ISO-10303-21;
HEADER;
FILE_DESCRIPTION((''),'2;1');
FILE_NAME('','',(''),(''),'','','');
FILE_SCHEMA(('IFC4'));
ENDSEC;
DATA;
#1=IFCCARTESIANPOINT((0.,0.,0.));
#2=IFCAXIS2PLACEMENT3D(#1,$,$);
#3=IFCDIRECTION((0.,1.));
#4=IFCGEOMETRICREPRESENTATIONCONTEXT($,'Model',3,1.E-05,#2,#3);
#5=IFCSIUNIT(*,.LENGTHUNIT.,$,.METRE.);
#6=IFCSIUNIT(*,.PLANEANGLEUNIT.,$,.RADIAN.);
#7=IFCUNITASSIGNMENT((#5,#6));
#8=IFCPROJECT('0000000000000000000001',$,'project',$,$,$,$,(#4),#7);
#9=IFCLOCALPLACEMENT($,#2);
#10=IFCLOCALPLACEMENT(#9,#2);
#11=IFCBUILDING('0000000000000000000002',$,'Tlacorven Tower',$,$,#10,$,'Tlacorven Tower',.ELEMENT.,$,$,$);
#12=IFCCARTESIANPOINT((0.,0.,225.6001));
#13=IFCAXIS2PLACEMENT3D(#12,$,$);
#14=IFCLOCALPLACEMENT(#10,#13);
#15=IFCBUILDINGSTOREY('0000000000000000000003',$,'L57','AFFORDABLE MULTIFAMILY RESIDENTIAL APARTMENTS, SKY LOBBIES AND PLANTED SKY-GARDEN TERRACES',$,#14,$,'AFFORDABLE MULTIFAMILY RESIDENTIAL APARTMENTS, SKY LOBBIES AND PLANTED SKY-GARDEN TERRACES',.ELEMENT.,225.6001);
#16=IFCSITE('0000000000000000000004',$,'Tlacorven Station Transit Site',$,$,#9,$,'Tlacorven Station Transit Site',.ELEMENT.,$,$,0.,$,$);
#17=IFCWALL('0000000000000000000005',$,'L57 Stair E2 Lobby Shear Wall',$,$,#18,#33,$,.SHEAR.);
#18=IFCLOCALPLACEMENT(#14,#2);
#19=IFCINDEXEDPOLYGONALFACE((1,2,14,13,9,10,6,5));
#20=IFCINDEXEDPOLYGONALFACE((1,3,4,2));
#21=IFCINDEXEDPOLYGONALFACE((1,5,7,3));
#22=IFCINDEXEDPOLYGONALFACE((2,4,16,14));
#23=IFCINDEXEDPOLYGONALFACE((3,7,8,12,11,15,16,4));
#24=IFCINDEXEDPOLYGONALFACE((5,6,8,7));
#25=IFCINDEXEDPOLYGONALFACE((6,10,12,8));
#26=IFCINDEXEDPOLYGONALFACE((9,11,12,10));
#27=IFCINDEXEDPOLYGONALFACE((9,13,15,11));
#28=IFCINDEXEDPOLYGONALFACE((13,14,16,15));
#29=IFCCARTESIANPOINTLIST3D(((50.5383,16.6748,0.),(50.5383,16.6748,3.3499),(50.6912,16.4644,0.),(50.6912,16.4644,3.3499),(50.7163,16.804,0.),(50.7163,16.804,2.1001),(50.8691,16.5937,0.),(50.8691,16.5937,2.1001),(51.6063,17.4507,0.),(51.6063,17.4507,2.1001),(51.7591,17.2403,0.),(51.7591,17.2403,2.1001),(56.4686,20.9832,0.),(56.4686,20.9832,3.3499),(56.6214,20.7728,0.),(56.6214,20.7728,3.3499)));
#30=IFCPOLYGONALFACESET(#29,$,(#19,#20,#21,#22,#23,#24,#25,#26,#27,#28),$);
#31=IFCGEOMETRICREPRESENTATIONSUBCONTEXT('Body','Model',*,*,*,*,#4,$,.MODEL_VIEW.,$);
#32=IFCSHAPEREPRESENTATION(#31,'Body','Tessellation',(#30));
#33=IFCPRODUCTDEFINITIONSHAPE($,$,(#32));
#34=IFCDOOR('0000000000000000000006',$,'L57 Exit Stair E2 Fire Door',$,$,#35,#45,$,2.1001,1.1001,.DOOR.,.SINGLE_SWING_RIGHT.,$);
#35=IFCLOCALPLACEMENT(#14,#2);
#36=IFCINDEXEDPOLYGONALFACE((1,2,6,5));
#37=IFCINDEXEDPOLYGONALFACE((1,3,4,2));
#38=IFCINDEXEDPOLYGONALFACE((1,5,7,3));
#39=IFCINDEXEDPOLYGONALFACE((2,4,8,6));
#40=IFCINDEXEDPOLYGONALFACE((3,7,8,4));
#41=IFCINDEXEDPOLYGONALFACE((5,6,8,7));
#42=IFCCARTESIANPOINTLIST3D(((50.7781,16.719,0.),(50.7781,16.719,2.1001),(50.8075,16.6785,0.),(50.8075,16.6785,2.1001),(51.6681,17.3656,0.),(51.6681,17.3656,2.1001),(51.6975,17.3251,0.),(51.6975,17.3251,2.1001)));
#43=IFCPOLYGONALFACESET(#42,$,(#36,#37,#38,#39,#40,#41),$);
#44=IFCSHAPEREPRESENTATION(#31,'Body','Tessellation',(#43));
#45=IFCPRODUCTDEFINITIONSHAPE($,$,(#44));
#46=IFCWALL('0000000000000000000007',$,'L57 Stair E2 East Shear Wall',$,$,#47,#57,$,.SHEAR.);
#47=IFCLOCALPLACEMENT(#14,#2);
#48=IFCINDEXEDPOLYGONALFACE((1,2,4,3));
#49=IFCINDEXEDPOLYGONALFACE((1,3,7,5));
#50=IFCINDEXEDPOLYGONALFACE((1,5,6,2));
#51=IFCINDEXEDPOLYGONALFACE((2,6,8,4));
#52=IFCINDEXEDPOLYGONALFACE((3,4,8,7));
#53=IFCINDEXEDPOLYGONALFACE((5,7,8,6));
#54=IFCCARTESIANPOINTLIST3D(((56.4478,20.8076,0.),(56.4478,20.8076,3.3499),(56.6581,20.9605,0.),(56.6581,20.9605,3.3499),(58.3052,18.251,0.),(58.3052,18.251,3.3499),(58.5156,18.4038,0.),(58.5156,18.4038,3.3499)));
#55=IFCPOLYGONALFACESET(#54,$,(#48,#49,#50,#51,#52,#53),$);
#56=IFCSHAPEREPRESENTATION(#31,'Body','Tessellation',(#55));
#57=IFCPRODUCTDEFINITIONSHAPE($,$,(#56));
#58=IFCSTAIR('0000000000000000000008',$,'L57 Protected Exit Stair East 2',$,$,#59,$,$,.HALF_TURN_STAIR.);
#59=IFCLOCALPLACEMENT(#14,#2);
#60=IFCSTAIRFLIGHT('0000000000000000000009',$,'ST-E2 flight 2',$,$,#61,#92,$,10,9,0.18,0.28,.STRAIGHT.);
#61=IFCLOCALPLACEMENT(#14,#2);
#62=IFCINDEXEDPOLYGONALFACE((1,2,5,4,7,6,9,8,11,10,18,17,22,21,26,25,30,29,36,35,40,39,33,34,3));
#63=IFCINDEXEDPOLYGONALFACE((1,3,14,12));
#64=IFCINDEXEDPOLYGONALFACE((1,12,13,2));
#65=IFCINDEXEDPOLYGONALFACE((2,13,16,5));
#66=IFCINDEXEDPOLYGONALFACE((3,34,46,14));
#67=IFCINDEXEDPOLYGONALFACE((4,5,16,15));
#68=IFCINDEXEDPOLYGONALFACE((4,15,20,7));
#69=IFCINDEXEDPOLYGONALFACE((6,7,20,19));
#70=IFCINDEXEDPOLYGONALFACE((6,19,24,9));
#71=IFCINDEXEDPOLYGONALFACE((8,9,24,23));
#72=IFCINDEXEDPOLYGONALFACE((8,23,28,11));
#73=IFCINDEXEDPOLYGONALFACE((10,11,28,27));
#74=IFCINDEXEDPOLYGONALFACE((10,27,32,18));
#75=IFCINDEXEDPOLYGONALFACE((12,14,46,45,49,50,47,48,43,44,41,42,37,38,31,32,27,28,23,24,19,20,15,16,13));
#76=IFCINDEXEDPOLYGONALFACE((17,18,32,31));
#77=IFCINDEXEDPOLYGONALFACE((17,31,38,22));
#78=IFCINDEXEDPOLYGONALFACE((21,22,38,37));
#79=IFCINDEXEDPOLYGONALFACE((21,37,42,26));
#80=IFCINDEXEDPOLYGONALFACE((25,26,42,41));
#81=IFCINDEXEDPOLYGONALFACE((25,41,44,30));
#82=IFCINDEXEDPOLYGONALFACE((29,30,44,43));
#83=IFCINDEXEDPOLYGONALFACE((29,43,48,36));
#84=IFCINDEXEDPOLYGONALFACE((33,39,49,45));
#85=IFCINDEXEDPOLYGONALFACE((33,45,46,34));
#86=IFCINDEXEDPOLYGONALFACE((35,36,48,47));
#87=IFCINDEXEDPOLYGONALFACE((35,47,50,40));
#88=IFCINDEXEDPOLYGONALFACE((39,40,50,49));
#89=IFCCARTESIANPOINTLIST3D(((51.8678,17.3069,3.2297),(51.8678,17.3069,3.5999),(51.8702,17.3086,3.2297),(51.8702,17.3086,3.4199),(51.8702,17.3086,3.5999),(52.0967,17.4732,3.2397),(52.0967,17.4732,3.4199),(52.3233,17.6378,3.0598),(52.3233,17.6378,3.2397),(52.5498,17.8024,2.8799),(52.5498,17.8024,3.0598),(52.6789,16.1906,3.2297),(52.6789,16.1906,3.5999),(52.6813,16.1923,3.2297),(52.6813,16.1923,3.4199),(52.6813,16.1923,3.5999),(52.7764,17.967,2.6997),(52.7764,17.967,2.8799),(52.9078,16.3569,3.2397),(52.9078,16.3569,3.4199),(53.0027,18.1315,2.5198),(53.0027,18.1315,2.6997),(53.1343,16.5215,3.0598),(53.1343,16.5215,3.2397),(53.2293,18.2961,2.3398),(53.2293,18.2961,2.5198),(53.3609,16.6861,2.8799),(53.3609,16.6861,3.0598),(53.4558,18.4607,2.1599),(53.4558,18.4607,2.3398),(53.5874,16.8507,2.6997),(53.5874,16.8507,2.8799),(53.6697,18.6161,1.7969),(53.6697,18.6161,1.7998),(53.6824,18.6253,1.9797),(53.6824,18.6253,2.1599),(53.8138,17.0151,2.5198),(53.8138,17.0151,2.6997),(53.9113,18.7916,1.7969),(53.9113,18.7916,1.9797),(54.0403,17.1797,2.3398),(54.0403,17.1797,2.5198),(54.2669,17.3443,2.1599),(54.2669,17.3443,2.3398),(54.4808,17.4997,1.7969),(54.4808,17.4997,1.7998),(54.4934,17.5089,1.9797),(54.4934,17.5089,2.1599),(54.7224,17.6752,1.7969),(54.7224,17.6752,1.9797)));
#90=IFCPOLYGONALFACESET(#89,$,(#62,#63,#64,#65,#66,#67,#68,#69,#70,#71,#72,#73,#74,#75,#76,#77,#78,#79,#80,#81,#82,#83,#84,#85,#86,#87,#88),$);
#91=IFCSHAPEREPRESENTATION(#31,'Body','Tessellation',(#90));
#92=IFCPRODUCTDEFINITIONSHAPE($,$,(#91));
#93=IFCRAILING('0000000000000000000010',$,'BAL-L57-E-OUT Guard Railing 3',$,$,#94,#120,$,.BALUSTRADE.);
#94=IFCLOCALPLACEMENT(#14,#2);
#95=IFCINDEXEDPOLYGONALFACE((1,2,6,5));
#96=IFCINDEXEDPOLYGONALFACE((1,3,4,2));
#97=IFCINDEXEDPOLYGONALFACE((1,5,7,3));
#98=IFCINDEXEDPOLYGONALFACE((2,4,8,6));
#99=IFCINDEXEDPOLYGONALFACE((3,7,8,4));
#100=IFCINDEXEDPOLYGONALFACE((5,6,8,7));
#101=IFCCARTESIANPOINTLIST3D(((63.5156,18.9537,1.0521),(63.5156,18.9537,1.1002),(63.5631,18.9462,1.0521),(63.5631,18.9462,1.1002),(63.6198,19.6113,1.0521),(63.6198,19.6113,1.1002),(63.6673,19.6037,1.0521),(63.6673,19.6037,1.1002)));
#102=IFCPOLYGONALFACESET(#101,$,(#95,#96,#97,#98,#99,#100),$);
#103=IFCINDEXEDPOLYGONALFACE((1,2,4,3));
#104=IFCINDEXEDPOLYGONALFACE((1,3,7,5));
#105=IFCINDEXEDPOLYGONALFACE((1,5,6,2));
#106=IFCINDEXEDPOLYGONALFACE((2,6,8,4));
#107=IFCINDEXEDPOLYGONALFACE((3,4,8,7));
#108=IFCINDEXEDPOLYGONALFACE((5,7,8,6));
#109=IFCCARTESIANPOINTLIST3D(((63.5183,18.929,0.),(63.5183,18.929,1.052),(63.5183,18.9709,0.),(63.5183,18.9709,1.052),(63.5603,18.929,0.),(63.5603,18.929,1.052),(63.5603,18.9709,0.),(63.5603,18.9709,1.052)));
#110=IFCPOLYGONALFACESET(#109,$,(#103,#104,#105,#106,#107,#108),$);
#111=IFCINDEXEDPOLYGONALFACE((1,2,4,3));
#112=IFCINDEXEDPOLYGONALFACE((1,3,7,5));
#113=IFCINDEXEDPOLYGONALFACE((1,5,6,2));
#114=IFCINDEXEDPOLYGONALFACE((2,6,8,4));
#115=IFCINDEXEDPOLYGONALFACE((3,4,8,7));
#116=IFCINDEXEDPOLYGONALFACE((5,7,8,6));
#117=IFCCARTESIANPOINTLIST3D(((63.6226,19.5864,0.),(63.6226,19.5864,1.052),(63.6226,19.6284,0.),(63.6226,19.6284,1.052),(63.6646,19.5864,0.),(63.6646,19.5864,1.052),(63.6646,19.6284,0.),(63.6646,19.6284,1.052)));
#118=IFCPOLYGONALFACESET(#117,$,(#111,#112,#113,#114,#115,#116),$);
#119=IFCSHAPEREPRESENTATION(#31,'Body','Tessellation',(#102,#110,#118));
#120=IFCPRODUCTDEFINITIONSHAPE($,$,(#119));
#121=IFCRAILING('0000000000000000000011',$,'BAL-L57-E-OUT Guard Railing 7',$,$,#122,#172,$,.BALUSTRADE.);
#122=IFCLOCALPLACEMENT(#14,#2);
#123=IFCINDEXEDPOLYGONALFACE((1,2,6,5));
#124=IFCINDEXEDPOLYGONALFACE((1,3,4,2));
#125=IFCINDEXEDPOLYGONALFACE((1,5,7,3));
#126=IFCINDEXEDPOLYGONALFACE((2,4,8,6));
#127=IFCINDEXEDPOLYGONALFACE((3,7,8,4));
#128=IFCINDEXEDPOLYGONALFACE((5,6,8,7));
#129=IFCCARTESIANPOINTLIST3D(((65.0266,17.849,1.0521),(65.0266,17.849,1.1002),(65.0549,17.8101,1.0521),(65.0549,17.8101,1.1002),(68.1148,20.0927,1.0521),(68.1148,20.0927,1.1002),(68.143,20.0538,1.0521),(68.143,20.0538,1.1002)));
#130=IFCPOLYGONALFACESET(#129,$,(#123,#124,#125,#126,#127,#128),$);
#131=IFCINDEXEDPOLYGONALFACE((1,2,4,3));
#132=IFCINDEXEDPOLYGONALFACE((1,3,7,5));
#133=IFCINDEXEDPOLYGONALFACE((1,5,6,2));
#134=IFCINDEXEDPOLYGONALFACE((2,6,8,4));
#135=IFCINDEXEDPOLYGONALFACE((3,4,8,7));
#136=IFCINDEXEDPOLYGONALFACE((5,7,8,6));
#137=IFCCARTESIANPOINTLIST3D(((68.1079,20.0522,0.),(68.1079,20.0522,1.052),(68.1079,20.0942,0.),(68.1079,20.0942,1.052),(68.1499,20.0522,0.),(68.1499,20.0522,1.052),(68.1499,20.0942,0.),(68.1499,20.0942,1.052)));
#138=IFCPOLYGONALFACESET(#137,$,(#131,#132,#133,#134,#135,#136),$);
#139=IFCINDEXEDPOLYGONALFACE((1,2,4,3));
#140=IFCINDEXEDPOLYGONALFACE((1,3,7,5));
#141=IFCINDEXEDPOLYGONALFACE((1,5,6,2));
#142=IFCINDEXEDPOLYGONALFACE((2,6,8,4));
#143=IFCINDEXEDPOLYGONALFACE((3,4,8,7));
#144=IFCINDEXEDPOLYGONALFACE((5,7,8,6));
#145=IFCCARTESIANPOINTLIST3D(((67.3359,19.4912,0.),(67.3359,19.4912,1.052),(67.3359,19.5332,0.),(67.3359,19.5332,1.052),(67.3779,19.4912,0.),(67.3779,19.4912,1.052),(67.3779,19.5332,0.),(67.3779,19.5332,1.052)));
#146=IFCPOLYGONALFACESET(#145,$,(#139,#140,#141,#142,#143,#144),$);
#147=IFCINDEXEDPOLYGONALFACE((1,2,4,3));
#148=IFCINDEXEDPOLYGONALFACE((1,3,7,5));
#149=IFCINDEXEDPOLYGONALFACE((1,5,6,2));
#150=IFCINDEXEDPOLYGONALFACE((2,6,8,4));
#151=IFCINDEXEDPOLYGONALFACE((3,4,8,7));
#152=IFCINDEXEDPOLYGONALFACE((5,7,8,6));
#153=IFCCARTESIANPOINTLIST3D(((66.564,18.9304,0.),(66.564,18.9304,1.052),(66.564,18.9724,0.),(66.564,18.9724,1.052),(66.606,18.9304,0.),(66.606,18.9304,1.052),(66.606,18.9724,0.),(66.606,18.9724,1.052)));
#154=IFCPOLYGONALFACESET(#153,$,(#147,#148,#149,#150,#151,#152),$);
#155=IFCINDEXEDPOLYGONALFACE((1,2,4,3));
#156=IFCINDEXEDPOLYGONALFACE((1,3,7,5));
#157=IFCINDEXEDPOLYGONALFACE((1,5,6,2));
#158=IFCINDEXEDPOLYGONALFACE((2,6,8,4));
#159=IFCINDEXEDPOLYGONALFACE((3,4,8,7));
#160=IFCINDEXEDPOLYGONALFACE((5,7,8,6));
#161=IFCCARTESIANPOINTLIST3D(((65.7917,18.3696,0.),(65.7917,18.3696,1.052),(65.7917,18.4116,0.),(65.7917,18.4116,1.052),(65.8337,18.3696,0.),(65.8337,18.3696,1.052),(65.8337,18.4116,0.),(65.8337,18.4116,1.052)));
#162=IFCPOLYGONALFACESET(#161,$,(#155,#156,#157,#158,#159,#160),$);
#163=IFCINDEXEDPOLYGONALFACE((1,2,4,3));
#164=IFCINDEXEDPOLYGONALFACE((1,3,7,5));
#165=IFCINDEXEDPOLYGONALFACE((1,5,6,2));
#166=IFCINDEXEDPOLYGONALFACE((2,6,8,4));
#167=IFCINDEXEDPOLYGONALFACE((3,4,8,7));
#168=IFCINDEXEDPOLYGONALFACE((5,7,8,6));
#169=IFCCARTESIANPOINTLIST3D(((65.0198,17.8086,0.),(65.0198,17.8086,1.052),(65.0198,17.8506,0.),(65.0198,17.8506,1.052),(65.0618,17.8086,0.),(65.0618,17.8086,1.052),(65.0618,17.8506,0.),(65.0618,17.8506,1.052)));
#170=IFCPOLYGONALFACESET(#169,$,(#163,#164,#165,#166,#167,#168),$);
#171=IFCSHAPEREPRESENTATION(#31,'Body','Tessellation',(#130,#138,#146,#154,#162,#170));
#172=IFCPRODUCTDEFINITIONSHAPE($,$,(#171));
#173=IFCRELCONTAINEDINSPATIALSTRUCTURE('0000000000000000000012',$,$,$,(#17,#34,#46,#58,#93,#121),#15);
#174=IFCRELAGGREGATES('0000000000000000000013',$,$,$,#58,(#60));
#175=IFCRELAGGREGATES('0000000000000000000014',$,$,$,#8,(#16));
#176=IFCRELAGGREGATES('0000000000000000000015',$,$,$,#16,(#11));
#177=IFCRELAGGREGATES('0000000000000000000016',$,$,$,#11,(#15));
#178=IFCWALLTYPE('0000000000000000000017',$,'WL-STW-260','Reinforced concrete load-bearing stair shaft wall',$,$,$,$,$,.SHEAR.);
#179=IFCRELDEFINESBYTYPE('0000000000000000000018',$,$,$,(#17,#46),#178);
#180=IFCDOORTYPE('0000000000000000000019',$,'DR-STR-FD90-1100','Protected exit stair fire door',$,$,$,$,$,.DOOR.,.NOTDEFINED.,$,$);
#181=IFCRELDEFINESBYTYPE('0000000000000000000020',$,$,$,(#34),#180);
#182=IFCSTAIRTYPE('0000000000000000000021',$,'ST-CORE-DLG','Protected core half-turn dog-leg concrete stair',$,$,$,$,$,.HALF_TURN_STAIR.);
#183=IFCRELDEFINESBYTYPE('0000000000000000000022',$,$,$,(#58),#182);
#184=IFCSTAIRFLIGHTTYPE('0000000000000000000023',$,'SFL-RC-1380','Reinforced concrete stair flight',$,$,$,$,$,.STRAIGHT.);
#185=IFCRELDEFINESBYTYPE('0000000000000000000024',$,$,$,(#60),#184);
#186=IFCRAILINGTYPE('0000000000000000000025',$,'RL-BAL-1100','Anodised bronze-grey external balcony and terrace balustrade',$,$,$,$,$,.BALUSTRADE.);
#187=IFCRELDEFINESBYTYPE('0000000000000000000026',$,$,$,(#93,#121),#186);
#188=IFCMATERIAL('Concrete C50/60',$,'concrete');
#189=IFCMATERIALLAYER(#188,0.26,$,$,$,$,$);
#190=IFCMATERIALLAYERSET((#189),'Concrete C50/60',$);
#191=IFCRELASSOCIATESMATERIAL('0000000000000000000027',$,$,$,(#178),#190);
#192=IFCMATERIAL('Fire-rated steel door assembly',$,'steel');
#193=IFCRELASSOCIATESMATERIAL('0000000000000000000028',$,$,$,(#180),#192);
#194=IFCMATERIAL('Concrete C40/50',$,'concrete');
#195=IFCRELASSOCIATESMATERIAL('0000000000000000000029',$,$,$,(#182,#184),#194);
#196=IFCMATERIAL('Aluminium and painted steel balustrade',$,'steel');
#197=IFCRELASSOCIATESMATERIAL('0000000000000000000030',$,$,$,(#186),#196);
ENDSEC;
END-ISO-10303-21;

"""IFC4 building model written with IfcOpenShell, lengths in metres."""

from ifc_helpers import new_model, si_unit, direction, frame, frame_2d, origin, origin_2d, place, context, subcontext, project, spatial, polyline, rectangle, outline, extrude, source, transform, mapped, material, layer, layer_set, type_object, element, fill, aggregate, save


model = new_model("IFC4")

# Units and contexts
model_context = context("Model", 3, precision=1e-05, world=origin(), true_north=direction((0.0, 1.0)))
body_context = subcontext(model_context, "Body", "Model", "MODEL_VIEW")
ifc_project = project(units=[si_unit("LENGTHUNIT", "METRE"), si_unit("PLANEANGLEUNIT", "RADIAN")], contexts=[model_context])

# Site, building, storey
site_placement = place(None, origin())
site = spatial("IfcSite", under=ifc_project, at=site_placement, Name="Tlacorven Station Transit Site", LongName="Tlacorven Station Transit Site", CompositionType="ELEMENT", RefElevation=0.0)
building_placement = place(site_placement, origin())
building = spatial("IfcBuilding", under=site, at=building_placement, Name="Tlacorven Tower", LongName="Tlacorven Tower", CompositionType="ELEMENT")
storey_placement = place(building_placement, frame((0.0, 0.0, 225.6001)))
storey = spatial("IfcBuildingStorey", under=building, at=storey_placement, Name="L57", Description="AFFORDABLE MULTIFAMILY RESIDENTIAL APARTMENTS, SKY LOBBIES AND PLANTED SKY-GARDEN TERRACES", LongName="AFFORDABLE MULTIFAMILY RESIDENTIAL APARTMENTS, SKY LOBBIES AND PLANTED SKY-GARDEN TERRACES", CompositionType="ELEMENT", Elevation=225.6001)

# Shared definitions
ifc_material_1 = material(Name="Concrete C50/60", Category="concrete")

# Shared definitions
ifc_material_2 = material(Name="Fire-rated steel door assembly", Category="steel")

# Wall, opening, door
ifc_material_3 = material(Name="Concrete C40/50", Category="concrete")
ifc_layer_1 = layer(ifc_material_1, 0.26)
ifc_layer_set_1 = layer_set([ifc_layer_1], Name="Concrete C50/60")
wall_type_1 = type_object("IfcWallType", Name="WL-STW-260", Description="Reinforced concrete load-bearing stair shaft wall", PredefinedType="SHEAR", material=ifc_layer_set_1)
wall_1_placement = place(storey_placement, frame((50.6147, 16.5696, 0.0), z_axis=(0.0, 0.0, 1.0), x_axis=(0.809028, 0.58777, 0.0)))
wall_1 = element("IfcWall", 1, at=wall_1_placement, inside=storey, type_object=wall_type_1, Name="L57 Stair E2 Lobby Shear Wall", PredefinedType="SHEAR", context=body_context, shape_type="SweptSolid", body=[
    extrude(rectangle(XDim=7.3301, YDim=0.26, at=frame_2d((3.665, 0.0))), origin(), (0.0, 0.0, 1.0), 3.3499),
])
opening_1_placement = place(wall_1_placement, frame((0.22, 0.0, 0.0)))
opening_1 = element("IfcOpeningElement", 2, at=opening_1_placement, cuts=wall_1, PredefinedType="OPENING", context=body_context, shape_type="SweptSolid", body=[
    extrude(rectangle(XDim=1.1001, YDim=2.1001, at=frame_2d((0.55, 1.05))), frame((0.0, 0.1401, 0.0), z_axis=(0.0, -1.0, 0.0), x_axis=(1.0, 0.0, 0.0)), (0.0, 0.0, 1.0), 0.28),
])
door_type_1 = type_object("IfcDoorType", Name="DR-STR-FD90-1100", Description="Protected exit stair fire door", OperationType="NOTDEFINED", PredefinedType="DOOR", material=ifc_material_2)
shared_shape_1 = source(origin(), body_context, "Body", "SweptSolid", [
    extrude(rectangle(XDim=1.1001, YDim=2.1001, at=frame_2d((0.55, 1.05))), frame((0.0, 0.0249, 0.0), z_axis=(0.0, -1.0, 0.0), x_axis=(1.0, 0.0, 0.0)), (0.0, 0.0, 1.0), 0.05),
])
door_1_placement = place(opening_1_placement, origin())
door_1 = element("IfcDoor", 3, at=door_1_placement, inside=storey, type_object=door_type_1, Name="L57 Exit Stair E2 Fire Door", OperationType="SINGLE_SWING_RIGHT", OverallHeight=2.1001, OverallWidth=1.1001, PredefinedType="DOOR", context=body_context, shape_type="MappedRepresentation", body=[
    mapped(shared_shape_1, transform((0.0, 0.0, 0.0), scale=1.0)),
])
fill(opening_1, door_1)

# Wall
wall_2_placement = place(storey_placement, frame((58.4104, 18.3274, 0.0), z_axis=(0.0, 0.0, 1.0), x_axis=(-0.587767, 0.80903, 0.0)))
element("IfcWall", 4, at=wall_2_placement, inside=storey, type_object=wall_type_1, Name="L57 Stair E2 East Shear Wall", PredefinedType="SHEAR", context=body_context, shape_type="SweptSolid", body=[
    extrude(rectangle(XDim=3.1602, YDim=0.26, at=frame_2d((1.5801, 0.0))), origin(), (0.0, 0.0, 1.0), 3.3499),
])

# Stair, stair flight
stair_type = type_object("IfcStairType", Name="ST-CORE-DLG", Description="Protected core half-turn dog-leg concrete stair", PredefinedType="HALF_TURN_STAIR", material=ifc_material_3)
stair_placement = place(storey_placement, origin())
stair = element("IfcStair", 5, at=stair_placement, inside=storey, type_object=stair_type, Name="L57 Protected Exit Stair East 2", PredefinedType="HALF_TURN_STAIR")
stair_flight_type = type_object("IfcStairFlightType", Name="SFL-RC-1380", Description="Reinforced concrete stair flight", PredefinedType="STRAIGHT", material=ifc_material_3)
shared_shape_2 = source(origin(), body_context, "Body", "SweptSolid", [
    extrude(outline(polyline([(-0.0029, -0.0029), (-0.0029, 0.1799), (0.28, 0.1799), (0.28, 0.3601), (0.5601, 0.3601), (0.5601, 0.54), (0.8401, 0.54), (0.8401, 0.72), (1.1201, 0.72), (1.1201, 0.8999), (1.3999, 0.8999), (1.3999, 1.0801), (1.6799, 1.0801), (1.6799, 1.26), (1.96, 1.26), (1.96, 1.4399), (2.24, 1.4399), (2.24, 1.6201), (2.52, 1.6201), (2.52, 1.8), (2.5229, 1.8), (2.5229, 1.4299), (2.52, 1.4299), (0.2957, 0.0), (0.2957, -0.0029), (-0.0029, -0.0029)])), frame((0.0, 0.6899, 0.0), z_axis=(0.0, -1.0, 0.0), x_axis=(1.0, 0.0, 0.0)), (0.0, 0.0, 1.0), 1.3799),
])
stair_flight_placement = place(storey_placement, frame((54.3145, 18.2317, 1.7998), z_axis=(0.0, 0.0, 1.0), x_axis=(-0.809017, -0.587785, 0.0)))
stair_flight = element("IfcStairFlight", 6, at=stair_flight_placement, type_object=stair_flight_type, Name="ST-E2 flight 2", NumberOfRisers=10, NumberOfTreads=9, PredefinedType="STRAIGHT", RiserHeight=0.18, TreadLength=0.28, context=body_context, shape_type="MappedRepresentation", body=[
    mapped(shared_shape_2, transform((0.0, 0.0, 0.0), scale=1.0)),
])
aggregate(stair, [stair_flight])

# Railings
ifc_material_4 = material(Name="Aluminium and painted steel balustrade", Category="steel")
railing_type_1 = type_object("IfcRailingType", Name="RL-BAL-1100", Description="Anodised bronze-grey external balcony and terrace balustrade", PredefinedType="BALUSTRADE", material=ifc_material_4)
shared_shape_3 = source(origin(), body_context, "Body", "SweptSolid", [
    extrude(rectangle(XDim=0.0481, YDim=0.0481, at=origin_2d()), frame((0.0, 0.0, 1.0762), z_axis=(0.156603, 0.987662, 0.0), x_axis=(-0.987662, 0.156603, 0.0)), (0.0, 0.0, 1.0), 0.6658),
    extrude(rectangle(XDim=0.042, YDim=0.042, at=origin_2d()), origin(), (0.0, 0.0, 1.0), 1.052),
    extrude(rectangle(XDim=0.042, YDim=0.042, at=origin_2d()), frame((0.1042, 0.6575, 0.0)), (0.0, 0.0, 1.0), 1.052),
])
railing_1_placement = place(storey_placement, frame((63.5393, 18.95, 0.0)))
element("IfcRailing", 7, at=railing_1_placement, inside=storey, type_object=railing_type_1, Name="BAL-L57-E-OUT Guard Railing 3", PredefinedType="BALUSTRADE", context=body_context, shape_type="MappedRepresentation", body=[
    mapped(shared_shape_3, transform((0.0, 0.0, 0.0), scale=1.0)),
])
shared_shape_4 = source(origin(), body_context, "Body", "SweptSolid", [
    extrude(rectangle(XDim=0.0481, YDim=0.0481, at=origin_2d()), frame((0.0, 0.0, 1.0762), z_axis=(-0.809018, -0.587784, 0.0), x_axis=(0.587784, -0.809018, 0.0)), (0.0, 0.0, 1.0), 3.8171),
    extrude(rectangle(XDim=0.042, YDim=0.042, at=origin_2d()), origin(), (0.0, 0.0, 1.0), 1.052),
    extrude(rectangle(XDim=0.042, YDim=0.042, at=origin_2d()), frame((-0.772, -0.561, 0.0)), (0.0, 0.0, 1.0), 1.052),
    extrude(rectangle(XDim=0.042, YDim=0.042, at=origin_2d()), frame((-1.5439, -1.1218, 0.0)), (0.0, 0.0, 1.0), 1.052),
    extrude(rectangle(XDim=0.042, YDim=0.042, at=origin_2d()), frame((-2.3162, -1.6826, 0.0)), (0.0, 0.0, 1.0), 1.052),
    extrude(rectangle(XDim=0.042, YDim=0.042, at=origin_2d()), frame((-3.0881, -2.2437, 0.0)), (0.0, 0.0, 1.0), 1.052),
])
railing_2_placement = place(storey_placement, frame((68.1289, 20.0732, 0.0)))
element("IfcRailing", 8, at=railing_2_placement, inside=storey, type_object=railing_type_1, Name="BAL-L57-E-OUT Guard Railing 7", PredefinedType="BALUSTRADE", context=body_context, shape_type="MappedRepresentation", body=[
    mapped(shared_shape_4, transform((0.0, 0.0, 0.0), scale=1.0)),
])

save(model, "model.ifc")
